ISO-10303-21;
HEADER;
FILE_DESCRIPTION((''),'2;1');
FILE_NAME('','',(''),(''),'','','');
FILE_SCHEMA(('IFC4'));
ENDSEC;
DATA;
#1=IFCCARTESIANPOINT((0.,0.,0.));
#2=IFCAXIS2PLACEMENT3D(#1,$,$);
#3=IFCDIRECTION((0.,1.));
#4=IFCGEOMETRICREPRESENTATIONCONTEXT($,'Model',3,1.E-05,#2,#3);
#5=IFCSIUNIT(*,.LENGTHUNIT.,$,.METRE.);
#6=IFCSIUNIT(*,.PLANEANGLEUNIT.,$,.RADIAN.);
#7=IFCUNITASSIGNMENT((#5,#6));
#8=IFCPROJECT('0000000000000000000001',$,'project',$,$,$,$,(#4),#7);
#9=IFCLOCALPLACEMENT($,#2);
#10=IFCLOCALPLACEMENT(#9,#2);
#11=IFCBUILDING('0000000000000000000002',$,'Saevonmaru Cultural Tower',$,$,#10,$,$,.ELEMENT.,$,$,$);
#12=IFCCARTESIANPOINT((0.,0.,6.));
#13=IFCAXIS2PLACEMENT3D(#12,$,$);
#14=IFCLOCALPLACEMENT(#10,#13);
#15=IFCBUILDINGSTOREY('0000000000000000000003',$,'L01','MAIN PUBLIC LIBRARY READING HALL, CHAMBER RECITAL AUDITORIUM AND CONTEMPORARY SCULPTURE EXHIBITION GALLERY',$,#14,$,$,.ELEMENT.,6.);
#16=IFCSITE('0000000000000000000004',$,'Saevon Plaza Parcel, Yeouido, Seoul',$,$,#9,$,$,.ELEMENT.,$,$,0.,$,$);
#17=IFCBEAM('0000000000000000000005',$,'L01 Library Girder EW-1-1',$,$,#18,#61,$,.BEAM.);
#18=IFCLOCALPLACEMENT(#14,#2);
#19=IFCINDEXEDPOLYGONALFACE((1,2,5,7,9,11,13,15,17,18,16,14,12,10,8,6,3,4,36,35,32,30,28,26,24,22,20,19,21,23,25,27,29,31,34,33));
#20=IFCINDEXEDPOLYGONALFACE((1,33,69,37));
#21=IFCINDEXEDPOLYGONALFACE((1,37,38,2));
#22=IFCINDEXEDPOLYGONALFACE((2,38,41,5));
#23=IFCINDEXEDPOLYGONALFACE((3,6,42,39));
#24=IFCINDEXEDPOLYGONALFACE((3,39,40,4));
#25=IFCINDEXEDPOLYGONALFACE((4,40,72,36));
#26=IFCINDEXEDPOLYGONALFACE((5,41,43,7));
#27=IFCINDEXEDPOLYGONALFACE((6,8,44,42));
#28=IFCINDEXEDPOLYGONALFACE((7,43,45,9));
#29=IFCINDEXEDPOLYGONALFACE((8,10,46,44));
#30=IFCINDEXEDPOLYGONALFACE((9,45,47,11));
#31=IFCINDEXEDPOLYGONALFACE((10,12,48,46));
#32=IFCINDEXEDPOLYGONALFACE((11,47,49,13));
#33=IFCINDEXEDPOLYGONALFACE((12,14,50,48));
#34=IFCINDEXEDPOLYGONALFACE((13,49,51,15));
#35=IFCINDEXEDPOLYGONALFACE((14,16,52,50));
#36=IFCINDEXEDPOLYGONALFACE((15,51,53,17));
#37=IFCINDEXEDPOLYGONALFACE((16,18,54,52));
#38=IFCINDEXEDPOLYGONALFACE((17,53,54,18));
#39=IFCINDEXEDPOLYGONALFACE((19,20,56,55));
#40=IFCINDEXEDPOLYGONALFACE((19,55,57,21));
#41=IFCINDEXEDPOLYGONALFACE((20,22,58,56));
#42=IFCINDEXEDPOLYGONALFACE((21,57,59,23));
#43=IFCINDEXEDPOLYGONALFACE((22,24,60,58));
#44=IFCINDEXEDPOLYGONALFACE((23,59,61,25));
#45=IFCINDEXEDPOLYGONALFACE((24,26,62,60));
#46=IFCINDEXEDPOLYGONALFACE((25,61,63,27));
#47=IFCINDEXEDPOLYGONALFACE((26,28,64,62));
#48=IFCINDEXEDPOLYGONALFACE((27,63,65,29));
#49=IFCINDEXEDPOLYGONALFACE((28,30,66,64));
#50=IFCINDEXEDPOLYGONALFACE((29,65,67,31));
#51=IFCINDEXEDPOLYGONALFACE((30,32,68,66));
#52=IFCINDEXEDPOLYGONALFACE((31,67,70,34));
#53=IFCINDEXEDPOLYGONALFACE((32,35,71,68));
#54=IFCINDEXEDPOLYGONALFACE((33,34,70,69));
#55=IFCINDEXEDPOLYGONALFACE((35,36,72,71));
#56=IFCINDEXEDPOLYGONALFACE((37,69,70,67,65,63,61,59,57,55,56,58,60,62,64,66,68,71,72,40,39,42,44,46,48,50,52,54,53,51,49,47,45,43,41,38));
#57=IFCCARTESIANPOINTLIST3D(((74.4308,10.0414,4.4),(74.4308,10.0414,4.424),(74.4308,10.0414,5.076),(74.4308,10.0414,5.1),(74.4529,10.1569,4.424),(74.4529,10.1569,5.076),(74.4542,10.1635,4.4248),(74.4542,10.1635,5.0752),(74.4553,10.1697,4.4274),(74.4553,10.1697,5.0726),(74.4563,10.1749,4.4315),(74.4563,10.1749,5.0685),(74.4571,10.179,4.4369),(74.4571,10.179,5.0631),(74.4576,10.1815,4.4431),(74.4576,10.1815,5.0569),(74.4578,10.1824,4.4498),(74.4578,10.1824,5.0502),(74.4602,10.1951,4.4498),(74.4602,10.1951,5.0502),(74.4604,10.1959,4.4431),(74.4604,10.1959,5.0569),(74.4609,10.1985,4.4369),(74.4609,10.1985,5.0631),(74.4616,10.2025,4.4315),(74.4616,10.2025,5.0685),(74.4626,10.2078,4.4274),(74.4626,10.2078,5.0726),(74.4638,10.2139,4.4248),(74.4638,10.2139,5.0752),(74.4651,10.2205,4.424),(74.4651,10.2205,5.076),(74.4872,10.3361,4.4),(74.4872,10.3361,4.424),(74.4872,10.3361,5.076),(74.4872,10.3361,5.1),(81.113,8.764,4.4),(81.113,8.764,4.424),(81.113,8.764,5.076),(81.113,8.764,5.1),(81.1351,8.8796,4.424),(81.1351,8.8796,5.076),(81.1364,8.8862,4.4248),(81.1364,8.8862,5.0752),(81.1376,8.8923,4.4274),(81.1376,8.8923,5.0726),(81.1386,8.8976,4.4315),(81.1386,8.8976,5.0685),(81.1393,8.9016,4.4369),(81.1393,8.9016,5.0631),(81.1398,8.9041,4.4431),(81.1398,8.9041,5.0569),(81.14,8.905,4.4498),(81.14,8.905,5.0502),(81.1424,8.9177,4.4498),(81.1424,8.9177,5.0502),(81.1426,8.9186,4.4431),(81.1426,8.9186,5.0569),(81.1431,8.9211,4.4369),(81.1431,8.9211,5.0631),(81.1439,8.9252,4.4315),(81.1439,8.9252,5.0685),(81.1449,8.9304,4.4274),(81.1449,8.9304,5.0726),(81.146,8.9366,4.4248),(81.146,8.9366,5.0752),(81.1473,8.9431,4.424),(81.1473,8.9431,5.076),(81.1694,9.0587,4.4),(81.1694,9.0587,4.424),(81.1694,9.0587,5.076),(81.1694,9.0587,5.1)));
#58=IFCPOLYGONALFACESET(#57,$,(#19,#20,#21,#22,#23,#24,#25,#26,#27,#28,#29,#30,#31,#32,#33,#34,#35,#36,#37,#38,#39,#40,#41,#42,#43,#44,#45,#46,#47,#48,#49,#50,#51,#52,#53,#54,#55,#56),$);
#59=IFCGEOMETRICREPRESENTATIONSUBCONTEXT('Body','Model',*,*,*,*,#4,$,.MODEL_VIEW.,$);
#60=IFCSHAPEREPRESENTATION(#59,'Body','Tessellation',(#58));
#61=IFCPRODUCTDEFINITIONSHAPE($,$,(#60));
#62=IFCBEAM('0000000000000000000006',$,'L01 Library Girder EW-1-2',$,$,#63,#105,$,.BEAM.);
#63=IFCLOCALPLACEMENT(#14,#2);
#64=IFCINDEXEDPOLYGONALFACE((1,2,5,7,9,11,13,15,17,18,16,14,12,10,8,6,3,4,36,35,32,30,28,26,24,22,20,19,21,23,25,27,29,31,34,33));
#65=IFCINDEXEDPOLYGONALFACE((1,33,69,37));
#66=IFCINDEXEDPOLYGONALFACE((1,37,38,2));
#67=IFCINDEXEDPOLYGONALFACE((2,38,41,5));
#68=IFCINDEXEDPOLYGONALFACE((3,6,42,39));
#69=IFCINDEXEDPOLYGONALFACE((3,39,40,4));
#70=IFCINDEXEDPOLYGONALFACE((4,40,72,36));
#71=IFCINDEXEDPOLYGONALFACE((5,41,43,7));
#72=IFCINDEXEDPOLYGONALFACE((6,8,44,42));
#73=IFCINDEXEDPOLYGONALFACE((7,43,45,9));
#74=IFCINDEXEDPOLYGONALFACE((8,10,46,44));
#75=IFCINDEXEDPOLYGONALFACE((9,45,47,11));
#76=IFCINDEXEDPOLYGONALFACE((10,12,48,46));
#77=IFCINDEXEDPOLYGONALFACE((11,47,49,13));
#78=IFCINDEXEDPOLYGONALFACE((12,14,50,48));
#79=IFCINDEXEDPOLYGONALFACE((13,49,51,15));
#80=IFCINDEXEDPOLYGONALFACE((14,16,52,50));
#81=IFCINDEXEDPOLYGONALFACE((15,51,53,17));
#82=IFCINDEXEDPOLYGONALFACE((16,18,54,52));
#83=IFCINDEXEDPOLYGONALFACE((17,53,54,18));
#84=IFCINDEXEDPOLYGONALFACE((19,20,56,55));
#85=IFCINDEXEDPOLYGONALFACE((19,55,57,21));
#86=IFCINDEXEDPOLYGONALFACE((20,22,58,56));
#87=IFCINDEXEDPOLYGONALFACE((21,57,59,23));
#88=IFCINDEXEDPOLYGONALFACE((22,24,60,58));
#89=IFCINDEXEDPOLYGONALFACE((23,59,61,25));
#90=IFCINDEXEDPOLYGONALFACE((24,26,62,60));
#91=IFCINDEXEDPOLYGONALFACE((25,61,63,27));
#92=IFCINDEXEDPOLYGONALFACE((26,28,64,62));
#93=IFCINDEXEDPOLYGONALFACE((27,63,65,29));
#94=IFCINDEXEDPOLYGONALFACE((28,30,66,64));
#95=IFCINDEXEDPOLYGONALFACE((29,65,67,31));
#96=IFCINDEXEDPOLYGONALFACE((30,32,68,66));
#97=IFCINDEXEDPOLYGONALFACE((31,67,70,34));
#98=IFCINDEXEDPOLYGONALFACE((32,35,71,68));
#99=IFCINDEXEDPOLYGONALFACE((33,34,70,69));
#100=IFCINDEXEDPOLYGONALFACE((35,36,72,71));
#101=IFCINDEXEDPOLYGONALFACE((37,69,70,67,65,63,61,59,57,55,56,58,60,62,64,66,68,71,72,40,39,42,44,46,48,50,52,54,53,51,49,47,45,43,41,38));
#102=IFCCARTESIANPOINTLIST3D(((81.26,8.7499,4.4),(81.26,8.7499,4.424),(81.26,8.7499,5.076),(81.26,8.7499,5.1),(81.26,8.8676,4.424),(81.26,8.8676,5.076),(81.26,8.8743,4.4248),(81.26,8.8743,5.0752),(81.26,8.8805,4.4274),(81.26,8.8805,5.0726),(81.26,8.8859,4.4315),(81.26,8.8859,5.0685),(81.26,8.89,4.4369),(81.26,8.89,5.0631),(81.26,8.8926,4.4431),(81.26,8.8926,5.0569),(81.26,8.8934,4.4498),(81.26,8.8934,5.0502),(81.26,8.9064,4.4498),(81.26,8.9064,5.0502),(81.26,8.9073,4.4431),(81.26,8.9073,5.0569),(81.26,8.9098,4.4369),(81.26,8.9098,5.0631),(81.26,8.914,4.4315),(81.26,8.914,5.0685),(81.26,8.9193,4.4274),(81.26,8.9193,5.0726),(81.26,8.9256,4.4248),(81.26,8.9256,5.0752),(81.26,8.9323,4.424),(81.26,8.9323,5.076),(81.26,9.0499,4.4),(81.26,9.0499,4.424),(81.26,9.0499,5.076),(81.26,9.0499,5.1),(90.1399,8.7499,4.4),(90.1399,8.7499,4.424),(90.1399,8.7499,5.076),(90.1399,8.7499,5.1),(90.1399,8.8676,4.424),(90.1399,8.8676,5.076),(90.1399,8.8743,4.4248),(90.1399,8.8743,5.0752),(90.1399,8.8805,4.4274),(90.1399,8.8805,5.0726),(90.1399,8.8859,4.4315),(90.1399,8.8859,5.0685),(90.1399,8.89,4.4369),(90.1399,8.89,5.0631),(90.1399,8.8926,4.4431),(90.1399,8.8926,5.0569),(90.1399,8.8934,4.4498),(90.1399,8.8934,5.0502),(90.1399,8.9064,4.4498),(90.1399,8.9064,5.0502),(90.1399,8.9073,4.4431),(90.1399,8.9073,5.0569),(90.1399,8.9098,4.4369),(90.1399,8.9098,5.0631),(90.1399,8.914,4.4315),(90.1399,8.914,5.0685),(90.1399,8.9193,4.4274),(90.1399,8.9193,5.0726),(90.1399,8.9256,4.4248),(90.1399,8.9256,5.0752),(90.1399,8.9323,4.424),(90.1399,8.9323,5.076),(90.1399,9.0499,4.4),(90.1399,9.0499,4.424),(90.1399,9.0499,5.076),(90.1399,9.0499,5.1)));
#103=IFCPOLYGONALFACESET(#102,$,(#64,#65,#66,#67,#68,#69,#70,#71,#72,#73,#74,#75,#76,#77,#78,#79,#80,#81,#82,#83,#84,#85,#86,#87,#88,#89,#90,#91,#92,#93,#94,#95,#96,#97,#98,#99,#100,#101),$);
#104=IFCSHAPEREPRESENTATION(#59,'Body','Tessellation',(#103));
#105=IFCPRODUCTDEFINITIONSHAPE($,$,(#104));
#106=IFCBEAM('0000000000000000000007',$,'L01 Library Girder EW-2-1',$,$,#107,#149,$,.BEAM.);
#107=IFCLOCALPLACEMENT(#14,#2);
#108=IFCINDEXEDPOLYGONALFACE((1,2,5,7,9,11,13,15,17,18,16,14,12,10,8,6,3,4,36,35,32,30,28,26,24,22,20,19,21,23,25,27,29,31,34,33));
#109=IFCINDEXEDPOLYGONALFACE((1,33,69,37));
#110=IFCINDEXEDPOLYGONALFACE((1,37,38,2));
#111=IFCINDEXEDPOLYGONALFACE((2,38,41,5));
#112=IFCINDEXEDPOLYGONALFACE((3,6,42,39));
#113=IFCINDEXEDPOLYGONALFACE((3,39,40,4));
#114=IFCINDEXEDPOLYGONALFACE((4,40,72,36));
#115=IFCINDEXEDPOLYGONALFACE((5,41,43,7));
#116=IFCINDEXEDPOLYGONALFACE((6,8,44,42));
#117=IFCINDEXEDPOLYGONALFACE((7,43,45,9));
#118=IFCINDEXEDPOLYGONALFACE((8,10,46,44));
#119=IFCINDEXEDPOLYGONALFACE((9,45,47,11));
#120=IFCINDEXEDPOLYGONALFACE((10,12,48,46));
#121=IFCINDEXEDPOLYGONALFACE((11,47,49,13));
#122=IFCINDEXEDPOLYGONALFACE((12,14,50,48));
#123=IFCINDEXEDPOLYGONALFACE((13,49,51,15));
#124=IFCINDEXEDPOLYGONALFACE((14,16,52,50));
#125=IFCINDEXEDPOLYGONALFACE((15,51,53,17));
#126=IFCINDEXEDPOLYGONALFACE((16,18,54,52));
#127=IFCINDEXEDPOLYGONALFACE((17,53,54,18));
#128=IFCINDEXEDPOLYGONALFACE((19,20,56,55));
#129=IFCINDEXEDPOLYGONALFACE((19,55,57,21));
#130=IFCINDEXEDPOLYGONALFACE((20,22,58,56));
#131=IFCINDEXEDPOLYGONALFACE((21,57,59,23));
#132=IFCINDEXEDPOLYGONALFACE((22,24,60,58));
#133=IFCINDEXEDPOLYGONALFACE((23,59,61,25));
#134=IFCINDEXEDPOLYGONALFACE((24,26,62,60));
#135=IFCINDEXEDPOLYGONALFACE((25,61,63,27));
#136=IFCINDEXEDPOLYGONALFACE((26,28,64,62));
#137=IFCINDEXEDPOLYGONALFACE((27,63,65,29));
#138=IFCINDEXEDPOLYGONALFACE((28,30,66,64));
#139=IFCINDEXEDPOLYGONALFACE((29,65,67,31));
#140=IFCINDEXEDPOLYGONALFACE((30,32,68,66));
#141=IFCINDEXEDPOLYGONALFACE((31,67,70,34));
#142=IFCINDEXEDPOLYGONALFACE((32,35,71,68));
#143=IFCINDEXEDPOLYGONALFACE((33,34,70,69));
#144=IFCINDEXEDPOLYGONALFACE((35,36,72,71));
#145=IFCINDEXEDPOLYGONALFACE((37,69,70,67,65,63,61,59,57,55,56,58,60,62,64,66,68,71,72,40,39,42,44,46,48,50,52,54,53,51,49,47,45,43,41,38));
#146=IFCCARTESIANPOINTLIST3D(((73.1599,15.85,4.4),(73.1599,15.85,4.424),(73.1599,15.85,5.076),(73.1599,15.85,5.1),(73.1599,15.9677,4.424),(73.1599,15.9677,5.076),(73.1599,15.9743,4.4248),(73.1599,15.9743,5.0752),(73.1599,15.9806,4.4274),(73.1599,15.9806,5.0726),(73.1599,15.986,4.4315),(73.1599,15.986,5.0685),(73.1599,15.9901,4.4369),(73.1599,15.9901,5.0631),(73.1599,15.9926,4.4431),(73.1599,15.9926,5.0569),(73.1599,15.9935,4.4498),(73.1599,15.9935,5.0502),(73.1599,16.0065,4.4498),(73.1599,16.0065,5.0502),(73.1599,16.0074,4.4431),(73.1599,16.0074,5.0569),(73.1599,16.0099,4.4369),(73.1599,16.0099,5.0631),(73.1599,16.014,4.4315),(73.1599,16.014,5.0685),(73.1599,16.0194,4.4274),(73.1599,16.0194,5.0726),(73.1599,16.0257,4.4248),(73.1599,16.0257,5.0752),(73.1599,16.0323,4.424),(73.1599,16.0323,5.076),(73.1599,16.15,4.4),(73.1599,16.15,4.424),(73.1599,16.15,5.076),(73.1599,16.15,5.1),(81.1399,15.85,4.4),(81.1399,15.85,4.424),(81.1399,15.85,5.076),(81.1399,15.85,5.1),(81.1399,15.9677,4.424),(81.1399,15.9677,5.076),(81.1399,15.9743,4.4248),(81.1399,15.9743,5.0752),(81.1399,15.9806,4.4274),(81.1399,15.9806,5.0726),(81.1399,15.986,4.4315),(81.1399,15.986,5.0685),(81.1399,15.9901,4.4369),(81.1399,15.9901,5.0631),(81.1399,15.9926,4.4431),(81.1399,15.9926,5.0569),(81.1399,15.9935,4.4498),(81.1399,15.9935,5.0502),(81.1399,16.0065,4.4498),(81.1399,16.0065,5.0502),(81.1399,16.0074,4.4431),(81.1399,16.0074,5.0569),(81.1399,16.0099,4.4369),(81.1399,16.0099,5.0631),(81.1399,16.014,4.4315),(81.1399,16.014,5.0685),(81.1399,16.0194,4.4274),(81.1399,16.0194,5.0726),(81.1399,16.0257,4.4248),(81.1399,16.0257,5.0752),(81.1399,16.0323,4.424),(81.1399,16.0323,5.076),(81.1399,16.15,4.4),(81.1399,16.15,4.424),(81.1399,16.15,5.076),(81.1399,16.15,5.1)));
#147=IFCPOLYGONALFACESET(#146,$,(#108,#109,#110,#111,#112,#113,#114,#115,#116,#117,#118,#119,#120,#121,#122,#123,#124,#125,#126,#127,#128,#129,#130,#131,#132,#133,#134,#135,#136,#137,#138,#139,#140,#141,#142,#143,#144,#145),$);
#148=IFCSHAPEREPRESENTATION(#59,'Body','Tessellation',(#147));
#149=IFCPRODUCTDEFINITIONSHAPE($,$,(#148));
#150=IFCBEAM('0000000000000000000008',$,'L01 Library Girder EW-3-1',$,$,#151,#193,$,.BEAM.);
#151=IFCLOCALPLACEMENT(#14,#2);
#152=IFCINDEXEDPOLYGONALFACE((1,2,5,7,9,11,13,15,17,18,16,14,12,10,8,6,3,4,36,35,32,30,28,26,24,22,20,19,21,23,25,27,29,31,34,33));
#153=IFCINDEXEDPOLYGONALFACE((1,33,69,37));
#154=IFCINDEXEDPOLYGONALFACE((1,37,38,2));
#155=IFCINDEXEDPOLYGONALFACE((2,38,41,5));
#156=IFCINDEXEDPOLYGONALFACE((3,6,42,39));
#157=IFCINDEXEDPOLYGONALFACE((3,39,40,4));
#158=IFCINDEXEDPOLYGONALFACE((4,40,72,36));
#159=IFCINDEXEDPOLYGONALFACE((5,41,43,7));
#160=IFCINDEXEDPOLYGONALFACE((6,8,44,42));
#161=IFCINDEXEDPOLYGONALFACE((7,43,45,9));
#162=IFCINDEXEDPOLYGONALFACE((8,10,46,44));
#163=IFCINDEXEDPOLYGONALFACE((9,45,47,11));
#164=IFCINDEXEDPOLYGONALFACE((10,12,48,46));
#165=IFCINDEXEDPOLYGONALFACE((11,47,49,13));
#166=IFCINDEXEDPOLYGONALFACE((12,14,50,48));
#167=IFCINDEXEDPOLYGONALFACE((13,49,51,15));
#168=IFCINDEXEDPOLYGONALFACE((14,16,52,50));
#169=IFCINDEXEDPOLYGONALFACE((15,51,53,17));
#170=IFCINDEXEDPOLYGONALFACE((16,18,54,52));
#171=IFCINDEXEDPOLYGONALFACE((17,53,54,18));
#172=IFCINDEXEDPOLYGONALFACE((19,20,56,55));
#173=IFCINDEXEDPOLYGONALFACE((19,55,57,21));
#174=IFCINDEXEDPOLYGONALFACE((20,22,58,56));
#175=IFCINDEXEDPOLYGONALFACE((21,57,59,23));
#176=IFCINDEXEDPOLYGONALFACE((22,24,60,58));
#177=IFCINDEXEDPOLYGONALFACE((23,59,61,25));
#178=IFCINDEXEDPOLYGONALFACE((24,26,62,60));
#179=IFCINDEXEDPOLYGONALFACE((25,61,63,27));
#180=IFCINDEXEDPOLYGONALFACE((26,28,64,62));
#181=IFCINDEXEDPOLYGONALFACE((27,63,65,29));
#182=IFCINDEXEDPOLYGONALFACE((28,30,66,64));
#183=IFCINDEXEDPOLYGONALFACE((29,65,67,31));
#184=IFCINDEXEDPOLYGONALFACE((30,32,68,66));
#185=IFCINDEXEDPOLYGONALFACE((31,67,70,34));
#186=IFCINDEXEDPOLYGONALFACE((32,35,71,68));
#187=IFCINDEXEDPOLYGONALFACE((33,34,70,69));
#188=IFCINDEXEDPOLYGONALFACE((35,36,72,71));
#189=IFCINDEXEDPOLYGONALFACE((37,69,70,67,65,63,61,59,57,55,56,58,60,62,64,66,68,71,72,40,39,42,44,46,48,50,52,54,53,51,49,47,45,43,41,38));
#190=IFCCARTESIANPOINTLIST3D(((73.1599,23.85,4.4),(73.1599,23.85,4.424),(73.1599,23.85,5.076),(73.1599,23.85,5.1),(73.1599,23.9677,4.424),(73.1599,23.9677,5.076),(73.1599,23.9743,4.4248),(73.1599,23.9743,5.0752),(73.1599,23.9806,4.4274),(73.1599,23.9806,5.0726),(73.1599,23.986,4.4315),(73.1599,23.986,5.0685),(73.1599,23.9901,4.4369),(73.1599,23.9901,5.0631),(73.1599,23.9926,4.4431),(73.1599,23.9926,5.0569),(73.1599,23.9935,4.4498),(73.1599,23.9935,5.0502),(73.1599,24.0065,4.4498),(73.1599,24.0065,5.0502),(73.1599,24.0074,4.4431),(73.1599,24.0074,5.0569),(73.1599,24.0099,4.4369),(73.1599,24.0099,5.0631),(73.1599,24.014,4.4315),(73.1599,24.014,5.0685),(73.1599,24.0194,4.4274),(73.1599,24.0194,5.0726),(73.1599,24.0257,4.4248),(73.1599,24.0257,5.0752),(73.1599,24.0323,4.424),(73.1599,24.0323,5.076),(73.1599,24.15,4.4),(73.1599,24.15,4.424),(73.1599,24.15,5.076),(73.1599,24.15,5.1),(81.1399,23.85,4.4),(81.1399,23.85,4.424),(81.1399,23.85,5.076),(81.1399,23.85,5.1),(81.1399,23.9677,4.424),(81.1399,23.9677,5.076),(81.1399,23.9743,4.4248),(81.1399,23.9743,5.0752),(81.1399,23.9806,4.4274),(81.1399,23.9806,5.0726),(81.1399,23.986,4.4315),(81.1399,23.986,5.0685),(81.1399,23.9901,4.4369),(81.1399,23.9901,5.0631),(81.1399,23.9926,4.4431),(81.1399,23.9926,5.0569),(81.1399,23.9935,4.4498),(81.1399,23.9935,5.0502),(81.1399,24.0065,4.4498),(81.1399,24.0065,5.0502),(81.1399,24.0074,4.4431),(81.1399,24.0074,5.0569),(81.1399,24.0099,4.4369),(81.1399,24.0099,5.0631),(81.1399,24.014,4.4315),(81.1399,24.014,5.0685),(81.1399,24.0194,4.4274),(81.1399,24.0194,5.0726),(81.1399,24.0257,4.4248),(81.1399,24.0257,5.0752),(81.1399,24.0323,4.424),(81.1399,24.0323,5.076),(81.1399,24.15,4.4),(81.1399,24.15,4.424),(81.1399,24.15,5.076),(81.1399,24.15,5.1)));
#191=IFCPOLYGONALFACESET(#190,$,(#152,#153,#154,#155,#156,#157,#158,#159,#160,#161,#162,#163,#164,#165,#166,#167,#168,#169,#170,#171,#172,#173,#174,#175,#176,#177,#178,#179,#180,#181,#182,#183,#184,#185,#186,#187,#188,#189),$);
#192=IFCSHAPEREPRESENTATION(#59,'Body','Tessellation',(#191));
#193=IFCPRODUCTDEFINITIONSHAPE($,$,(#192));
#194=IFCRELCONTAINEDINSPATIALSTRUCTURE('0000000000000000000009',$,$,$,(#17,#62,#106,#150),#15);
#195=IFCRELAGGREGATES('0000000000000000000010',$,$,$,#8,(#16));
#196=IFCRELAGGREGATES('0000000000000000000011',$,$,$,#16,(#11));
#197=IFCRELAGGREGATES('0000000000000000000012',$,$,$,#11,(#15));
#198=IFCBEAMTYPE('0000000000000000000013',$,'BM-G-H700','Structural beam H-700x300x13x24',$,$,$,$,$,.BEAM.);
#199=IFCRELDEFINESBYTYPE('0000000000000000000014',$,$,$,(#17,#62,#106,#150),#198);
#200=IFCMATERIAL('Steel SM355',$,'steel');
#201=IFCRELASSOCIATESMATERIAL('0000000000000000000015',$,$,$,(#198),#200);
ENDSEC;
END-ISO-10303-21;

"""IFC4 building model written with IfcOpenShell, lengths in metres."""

from ifc_helpers import new_model, si_unit, direction, frame, origin, origin_2d, place, context, subcontext, project, spatial, i_section, extrude, material, material_profile, profile_set, type_object, element, save


model = new_model("IFC4")

# Units and contexts
model_context = context("Model", 3, precision=1e-05, world=origin(), true_north=direction((0.0, 1.0)))
body_context = subcontext(model_context, "Body", "Model", "MODEL_VIEW")
ifc_project = project(units=[si_unit("LENGTHUNIT", "METRE"), si_unit("PLANEANGLEUNIT", "RADIAN")], contexts=[model_context])

# Site, building, storey
site_placement = place(None, origin())
site = spatial("IfcSite", under=ifc_project, at=site_placement, Name="Saevon Plaza Parcel, Yeouido, Seoul", CompositionType="ELEMENT", RefElevation=0.0)
building_placement = place(site_placement, origin())
building = spatial("IfcBuilding", under=site, at=building_placement, Name="Saevonmaru Cultural Tower", CompositionType="ELEMENT")
storey_placement = place(building_placement, frame((0.0, 0.0, 6.0)))
storey = spatial("IfcBuildingStorey", under=building, at=storey_placement, Name="L01", Description="MAIN PUBLIC LIBRARY READING HALL, CHAMBER RECITAL AUDITORIUM AND CONTEMPORARY SCULPTURE EXHIBITION GALLERY", CompositionType="ELEMENT", Elevation=6.0)

# Shared definitions
ifc_material_1 = material(Name="Steel SM355", Category="steel")

# Beams
ifc_material_profile_1 = material_profile(ifc_material_1, i_section(OverallWidth=0.3, OverallDepth=0.7, WebThickness=0.0129, FlangeThickness=0.0239, FilletRadius=0.0259, at=origin_2d()), Name="H-700x300x13x24")
ifc_profile_set_1 = profile_set([ifc_material_profile_1], Name="Steel SM355")
beam_type_1 = type_object("IfcBeamType", Name="BM-G-H700", Description="Structural beam H-700x300x13x24", PredefinedType="BEAM", material=ifc_profile_set_1)
beam_1_placement = place(storey_placement, frame((74.459, 10.1887, 4.75), z_axis=(0.982215, -0.187758, 0.0), x_axis=(0.187758, 0.982215, 0.0)))
element("IfcBeam", 1, at=beam_1_placement, inside=storey, type_object=beam_type_1, Name="L01 Library Girder EW-1-1", PredefinedType="BEAM", context=body_context, shape_type="SweptSolid", body=[
    extrude(i_section(OverallWidth=0.3, OverallDepth=0.7, WebThickness=0.0129, FlangeThickness=0.0239, FilletRadius=0.0259, at=origin_2d()), origin(), (0.0, 0.0, 1.0), 6.8032),
])
beam_2_placement = place(storey_placement, frame((81.26, 8.8999, 4.75), z_axis=(1.0, 0.0, 0.0), x_axis=(0.0, 1.0, 0.0)))
element("IfcBeam", 2, at=beam_2_placement, inside=storey, type_object=beam_type_1, Name="L01 Library Girder EW-1-2", PredefinedType="BEAM", context=body_context, shape_type="SweptSolid", body=[
    extrude(i_section(OverallWidth=0.3, OverallDepth=0.7, WebThickness=0.0129, FlangeThickness=0.0239, FilletRadius=0.0259, at=origin_2d()), origin(), (0.0, 0.0, 1.0), 8.8799),
])
for number, where, z_axis, x_axis, name in (
    (3, (73.1599, 16.0, 4.75), (1.0, 0.0, 0.0), (0.0, 1.0, 0.0), "L01 Library Girder EW-2-1"),
    (4, (73.1599, 24.0, 4.75), (1.0, 0.0, 0.0), (0.0, 1.0, 0.0), "L01 Library Girder EW-3-1"),
):
    element("IfcBeam", number, at=place(storey_placement, frame(where, z_axis=z_axis, x_axis=x_axis)), inside=storey, type_object=beam_type_1, Name=name, PredefinedType="BEAM", context=body_context, shape_type="SweptSolid", body=[
        extrude(i_section(OverallWidth=0.3, OverallDepth=0.7, WebThickness=0.0129, FlangeThickness=0.0239, FilletRadius=0.0259, at=origin_2d()), origin(), (0.0, 0.0, 1.0), 7.98),
    ])

save(model, "model.ifc")
